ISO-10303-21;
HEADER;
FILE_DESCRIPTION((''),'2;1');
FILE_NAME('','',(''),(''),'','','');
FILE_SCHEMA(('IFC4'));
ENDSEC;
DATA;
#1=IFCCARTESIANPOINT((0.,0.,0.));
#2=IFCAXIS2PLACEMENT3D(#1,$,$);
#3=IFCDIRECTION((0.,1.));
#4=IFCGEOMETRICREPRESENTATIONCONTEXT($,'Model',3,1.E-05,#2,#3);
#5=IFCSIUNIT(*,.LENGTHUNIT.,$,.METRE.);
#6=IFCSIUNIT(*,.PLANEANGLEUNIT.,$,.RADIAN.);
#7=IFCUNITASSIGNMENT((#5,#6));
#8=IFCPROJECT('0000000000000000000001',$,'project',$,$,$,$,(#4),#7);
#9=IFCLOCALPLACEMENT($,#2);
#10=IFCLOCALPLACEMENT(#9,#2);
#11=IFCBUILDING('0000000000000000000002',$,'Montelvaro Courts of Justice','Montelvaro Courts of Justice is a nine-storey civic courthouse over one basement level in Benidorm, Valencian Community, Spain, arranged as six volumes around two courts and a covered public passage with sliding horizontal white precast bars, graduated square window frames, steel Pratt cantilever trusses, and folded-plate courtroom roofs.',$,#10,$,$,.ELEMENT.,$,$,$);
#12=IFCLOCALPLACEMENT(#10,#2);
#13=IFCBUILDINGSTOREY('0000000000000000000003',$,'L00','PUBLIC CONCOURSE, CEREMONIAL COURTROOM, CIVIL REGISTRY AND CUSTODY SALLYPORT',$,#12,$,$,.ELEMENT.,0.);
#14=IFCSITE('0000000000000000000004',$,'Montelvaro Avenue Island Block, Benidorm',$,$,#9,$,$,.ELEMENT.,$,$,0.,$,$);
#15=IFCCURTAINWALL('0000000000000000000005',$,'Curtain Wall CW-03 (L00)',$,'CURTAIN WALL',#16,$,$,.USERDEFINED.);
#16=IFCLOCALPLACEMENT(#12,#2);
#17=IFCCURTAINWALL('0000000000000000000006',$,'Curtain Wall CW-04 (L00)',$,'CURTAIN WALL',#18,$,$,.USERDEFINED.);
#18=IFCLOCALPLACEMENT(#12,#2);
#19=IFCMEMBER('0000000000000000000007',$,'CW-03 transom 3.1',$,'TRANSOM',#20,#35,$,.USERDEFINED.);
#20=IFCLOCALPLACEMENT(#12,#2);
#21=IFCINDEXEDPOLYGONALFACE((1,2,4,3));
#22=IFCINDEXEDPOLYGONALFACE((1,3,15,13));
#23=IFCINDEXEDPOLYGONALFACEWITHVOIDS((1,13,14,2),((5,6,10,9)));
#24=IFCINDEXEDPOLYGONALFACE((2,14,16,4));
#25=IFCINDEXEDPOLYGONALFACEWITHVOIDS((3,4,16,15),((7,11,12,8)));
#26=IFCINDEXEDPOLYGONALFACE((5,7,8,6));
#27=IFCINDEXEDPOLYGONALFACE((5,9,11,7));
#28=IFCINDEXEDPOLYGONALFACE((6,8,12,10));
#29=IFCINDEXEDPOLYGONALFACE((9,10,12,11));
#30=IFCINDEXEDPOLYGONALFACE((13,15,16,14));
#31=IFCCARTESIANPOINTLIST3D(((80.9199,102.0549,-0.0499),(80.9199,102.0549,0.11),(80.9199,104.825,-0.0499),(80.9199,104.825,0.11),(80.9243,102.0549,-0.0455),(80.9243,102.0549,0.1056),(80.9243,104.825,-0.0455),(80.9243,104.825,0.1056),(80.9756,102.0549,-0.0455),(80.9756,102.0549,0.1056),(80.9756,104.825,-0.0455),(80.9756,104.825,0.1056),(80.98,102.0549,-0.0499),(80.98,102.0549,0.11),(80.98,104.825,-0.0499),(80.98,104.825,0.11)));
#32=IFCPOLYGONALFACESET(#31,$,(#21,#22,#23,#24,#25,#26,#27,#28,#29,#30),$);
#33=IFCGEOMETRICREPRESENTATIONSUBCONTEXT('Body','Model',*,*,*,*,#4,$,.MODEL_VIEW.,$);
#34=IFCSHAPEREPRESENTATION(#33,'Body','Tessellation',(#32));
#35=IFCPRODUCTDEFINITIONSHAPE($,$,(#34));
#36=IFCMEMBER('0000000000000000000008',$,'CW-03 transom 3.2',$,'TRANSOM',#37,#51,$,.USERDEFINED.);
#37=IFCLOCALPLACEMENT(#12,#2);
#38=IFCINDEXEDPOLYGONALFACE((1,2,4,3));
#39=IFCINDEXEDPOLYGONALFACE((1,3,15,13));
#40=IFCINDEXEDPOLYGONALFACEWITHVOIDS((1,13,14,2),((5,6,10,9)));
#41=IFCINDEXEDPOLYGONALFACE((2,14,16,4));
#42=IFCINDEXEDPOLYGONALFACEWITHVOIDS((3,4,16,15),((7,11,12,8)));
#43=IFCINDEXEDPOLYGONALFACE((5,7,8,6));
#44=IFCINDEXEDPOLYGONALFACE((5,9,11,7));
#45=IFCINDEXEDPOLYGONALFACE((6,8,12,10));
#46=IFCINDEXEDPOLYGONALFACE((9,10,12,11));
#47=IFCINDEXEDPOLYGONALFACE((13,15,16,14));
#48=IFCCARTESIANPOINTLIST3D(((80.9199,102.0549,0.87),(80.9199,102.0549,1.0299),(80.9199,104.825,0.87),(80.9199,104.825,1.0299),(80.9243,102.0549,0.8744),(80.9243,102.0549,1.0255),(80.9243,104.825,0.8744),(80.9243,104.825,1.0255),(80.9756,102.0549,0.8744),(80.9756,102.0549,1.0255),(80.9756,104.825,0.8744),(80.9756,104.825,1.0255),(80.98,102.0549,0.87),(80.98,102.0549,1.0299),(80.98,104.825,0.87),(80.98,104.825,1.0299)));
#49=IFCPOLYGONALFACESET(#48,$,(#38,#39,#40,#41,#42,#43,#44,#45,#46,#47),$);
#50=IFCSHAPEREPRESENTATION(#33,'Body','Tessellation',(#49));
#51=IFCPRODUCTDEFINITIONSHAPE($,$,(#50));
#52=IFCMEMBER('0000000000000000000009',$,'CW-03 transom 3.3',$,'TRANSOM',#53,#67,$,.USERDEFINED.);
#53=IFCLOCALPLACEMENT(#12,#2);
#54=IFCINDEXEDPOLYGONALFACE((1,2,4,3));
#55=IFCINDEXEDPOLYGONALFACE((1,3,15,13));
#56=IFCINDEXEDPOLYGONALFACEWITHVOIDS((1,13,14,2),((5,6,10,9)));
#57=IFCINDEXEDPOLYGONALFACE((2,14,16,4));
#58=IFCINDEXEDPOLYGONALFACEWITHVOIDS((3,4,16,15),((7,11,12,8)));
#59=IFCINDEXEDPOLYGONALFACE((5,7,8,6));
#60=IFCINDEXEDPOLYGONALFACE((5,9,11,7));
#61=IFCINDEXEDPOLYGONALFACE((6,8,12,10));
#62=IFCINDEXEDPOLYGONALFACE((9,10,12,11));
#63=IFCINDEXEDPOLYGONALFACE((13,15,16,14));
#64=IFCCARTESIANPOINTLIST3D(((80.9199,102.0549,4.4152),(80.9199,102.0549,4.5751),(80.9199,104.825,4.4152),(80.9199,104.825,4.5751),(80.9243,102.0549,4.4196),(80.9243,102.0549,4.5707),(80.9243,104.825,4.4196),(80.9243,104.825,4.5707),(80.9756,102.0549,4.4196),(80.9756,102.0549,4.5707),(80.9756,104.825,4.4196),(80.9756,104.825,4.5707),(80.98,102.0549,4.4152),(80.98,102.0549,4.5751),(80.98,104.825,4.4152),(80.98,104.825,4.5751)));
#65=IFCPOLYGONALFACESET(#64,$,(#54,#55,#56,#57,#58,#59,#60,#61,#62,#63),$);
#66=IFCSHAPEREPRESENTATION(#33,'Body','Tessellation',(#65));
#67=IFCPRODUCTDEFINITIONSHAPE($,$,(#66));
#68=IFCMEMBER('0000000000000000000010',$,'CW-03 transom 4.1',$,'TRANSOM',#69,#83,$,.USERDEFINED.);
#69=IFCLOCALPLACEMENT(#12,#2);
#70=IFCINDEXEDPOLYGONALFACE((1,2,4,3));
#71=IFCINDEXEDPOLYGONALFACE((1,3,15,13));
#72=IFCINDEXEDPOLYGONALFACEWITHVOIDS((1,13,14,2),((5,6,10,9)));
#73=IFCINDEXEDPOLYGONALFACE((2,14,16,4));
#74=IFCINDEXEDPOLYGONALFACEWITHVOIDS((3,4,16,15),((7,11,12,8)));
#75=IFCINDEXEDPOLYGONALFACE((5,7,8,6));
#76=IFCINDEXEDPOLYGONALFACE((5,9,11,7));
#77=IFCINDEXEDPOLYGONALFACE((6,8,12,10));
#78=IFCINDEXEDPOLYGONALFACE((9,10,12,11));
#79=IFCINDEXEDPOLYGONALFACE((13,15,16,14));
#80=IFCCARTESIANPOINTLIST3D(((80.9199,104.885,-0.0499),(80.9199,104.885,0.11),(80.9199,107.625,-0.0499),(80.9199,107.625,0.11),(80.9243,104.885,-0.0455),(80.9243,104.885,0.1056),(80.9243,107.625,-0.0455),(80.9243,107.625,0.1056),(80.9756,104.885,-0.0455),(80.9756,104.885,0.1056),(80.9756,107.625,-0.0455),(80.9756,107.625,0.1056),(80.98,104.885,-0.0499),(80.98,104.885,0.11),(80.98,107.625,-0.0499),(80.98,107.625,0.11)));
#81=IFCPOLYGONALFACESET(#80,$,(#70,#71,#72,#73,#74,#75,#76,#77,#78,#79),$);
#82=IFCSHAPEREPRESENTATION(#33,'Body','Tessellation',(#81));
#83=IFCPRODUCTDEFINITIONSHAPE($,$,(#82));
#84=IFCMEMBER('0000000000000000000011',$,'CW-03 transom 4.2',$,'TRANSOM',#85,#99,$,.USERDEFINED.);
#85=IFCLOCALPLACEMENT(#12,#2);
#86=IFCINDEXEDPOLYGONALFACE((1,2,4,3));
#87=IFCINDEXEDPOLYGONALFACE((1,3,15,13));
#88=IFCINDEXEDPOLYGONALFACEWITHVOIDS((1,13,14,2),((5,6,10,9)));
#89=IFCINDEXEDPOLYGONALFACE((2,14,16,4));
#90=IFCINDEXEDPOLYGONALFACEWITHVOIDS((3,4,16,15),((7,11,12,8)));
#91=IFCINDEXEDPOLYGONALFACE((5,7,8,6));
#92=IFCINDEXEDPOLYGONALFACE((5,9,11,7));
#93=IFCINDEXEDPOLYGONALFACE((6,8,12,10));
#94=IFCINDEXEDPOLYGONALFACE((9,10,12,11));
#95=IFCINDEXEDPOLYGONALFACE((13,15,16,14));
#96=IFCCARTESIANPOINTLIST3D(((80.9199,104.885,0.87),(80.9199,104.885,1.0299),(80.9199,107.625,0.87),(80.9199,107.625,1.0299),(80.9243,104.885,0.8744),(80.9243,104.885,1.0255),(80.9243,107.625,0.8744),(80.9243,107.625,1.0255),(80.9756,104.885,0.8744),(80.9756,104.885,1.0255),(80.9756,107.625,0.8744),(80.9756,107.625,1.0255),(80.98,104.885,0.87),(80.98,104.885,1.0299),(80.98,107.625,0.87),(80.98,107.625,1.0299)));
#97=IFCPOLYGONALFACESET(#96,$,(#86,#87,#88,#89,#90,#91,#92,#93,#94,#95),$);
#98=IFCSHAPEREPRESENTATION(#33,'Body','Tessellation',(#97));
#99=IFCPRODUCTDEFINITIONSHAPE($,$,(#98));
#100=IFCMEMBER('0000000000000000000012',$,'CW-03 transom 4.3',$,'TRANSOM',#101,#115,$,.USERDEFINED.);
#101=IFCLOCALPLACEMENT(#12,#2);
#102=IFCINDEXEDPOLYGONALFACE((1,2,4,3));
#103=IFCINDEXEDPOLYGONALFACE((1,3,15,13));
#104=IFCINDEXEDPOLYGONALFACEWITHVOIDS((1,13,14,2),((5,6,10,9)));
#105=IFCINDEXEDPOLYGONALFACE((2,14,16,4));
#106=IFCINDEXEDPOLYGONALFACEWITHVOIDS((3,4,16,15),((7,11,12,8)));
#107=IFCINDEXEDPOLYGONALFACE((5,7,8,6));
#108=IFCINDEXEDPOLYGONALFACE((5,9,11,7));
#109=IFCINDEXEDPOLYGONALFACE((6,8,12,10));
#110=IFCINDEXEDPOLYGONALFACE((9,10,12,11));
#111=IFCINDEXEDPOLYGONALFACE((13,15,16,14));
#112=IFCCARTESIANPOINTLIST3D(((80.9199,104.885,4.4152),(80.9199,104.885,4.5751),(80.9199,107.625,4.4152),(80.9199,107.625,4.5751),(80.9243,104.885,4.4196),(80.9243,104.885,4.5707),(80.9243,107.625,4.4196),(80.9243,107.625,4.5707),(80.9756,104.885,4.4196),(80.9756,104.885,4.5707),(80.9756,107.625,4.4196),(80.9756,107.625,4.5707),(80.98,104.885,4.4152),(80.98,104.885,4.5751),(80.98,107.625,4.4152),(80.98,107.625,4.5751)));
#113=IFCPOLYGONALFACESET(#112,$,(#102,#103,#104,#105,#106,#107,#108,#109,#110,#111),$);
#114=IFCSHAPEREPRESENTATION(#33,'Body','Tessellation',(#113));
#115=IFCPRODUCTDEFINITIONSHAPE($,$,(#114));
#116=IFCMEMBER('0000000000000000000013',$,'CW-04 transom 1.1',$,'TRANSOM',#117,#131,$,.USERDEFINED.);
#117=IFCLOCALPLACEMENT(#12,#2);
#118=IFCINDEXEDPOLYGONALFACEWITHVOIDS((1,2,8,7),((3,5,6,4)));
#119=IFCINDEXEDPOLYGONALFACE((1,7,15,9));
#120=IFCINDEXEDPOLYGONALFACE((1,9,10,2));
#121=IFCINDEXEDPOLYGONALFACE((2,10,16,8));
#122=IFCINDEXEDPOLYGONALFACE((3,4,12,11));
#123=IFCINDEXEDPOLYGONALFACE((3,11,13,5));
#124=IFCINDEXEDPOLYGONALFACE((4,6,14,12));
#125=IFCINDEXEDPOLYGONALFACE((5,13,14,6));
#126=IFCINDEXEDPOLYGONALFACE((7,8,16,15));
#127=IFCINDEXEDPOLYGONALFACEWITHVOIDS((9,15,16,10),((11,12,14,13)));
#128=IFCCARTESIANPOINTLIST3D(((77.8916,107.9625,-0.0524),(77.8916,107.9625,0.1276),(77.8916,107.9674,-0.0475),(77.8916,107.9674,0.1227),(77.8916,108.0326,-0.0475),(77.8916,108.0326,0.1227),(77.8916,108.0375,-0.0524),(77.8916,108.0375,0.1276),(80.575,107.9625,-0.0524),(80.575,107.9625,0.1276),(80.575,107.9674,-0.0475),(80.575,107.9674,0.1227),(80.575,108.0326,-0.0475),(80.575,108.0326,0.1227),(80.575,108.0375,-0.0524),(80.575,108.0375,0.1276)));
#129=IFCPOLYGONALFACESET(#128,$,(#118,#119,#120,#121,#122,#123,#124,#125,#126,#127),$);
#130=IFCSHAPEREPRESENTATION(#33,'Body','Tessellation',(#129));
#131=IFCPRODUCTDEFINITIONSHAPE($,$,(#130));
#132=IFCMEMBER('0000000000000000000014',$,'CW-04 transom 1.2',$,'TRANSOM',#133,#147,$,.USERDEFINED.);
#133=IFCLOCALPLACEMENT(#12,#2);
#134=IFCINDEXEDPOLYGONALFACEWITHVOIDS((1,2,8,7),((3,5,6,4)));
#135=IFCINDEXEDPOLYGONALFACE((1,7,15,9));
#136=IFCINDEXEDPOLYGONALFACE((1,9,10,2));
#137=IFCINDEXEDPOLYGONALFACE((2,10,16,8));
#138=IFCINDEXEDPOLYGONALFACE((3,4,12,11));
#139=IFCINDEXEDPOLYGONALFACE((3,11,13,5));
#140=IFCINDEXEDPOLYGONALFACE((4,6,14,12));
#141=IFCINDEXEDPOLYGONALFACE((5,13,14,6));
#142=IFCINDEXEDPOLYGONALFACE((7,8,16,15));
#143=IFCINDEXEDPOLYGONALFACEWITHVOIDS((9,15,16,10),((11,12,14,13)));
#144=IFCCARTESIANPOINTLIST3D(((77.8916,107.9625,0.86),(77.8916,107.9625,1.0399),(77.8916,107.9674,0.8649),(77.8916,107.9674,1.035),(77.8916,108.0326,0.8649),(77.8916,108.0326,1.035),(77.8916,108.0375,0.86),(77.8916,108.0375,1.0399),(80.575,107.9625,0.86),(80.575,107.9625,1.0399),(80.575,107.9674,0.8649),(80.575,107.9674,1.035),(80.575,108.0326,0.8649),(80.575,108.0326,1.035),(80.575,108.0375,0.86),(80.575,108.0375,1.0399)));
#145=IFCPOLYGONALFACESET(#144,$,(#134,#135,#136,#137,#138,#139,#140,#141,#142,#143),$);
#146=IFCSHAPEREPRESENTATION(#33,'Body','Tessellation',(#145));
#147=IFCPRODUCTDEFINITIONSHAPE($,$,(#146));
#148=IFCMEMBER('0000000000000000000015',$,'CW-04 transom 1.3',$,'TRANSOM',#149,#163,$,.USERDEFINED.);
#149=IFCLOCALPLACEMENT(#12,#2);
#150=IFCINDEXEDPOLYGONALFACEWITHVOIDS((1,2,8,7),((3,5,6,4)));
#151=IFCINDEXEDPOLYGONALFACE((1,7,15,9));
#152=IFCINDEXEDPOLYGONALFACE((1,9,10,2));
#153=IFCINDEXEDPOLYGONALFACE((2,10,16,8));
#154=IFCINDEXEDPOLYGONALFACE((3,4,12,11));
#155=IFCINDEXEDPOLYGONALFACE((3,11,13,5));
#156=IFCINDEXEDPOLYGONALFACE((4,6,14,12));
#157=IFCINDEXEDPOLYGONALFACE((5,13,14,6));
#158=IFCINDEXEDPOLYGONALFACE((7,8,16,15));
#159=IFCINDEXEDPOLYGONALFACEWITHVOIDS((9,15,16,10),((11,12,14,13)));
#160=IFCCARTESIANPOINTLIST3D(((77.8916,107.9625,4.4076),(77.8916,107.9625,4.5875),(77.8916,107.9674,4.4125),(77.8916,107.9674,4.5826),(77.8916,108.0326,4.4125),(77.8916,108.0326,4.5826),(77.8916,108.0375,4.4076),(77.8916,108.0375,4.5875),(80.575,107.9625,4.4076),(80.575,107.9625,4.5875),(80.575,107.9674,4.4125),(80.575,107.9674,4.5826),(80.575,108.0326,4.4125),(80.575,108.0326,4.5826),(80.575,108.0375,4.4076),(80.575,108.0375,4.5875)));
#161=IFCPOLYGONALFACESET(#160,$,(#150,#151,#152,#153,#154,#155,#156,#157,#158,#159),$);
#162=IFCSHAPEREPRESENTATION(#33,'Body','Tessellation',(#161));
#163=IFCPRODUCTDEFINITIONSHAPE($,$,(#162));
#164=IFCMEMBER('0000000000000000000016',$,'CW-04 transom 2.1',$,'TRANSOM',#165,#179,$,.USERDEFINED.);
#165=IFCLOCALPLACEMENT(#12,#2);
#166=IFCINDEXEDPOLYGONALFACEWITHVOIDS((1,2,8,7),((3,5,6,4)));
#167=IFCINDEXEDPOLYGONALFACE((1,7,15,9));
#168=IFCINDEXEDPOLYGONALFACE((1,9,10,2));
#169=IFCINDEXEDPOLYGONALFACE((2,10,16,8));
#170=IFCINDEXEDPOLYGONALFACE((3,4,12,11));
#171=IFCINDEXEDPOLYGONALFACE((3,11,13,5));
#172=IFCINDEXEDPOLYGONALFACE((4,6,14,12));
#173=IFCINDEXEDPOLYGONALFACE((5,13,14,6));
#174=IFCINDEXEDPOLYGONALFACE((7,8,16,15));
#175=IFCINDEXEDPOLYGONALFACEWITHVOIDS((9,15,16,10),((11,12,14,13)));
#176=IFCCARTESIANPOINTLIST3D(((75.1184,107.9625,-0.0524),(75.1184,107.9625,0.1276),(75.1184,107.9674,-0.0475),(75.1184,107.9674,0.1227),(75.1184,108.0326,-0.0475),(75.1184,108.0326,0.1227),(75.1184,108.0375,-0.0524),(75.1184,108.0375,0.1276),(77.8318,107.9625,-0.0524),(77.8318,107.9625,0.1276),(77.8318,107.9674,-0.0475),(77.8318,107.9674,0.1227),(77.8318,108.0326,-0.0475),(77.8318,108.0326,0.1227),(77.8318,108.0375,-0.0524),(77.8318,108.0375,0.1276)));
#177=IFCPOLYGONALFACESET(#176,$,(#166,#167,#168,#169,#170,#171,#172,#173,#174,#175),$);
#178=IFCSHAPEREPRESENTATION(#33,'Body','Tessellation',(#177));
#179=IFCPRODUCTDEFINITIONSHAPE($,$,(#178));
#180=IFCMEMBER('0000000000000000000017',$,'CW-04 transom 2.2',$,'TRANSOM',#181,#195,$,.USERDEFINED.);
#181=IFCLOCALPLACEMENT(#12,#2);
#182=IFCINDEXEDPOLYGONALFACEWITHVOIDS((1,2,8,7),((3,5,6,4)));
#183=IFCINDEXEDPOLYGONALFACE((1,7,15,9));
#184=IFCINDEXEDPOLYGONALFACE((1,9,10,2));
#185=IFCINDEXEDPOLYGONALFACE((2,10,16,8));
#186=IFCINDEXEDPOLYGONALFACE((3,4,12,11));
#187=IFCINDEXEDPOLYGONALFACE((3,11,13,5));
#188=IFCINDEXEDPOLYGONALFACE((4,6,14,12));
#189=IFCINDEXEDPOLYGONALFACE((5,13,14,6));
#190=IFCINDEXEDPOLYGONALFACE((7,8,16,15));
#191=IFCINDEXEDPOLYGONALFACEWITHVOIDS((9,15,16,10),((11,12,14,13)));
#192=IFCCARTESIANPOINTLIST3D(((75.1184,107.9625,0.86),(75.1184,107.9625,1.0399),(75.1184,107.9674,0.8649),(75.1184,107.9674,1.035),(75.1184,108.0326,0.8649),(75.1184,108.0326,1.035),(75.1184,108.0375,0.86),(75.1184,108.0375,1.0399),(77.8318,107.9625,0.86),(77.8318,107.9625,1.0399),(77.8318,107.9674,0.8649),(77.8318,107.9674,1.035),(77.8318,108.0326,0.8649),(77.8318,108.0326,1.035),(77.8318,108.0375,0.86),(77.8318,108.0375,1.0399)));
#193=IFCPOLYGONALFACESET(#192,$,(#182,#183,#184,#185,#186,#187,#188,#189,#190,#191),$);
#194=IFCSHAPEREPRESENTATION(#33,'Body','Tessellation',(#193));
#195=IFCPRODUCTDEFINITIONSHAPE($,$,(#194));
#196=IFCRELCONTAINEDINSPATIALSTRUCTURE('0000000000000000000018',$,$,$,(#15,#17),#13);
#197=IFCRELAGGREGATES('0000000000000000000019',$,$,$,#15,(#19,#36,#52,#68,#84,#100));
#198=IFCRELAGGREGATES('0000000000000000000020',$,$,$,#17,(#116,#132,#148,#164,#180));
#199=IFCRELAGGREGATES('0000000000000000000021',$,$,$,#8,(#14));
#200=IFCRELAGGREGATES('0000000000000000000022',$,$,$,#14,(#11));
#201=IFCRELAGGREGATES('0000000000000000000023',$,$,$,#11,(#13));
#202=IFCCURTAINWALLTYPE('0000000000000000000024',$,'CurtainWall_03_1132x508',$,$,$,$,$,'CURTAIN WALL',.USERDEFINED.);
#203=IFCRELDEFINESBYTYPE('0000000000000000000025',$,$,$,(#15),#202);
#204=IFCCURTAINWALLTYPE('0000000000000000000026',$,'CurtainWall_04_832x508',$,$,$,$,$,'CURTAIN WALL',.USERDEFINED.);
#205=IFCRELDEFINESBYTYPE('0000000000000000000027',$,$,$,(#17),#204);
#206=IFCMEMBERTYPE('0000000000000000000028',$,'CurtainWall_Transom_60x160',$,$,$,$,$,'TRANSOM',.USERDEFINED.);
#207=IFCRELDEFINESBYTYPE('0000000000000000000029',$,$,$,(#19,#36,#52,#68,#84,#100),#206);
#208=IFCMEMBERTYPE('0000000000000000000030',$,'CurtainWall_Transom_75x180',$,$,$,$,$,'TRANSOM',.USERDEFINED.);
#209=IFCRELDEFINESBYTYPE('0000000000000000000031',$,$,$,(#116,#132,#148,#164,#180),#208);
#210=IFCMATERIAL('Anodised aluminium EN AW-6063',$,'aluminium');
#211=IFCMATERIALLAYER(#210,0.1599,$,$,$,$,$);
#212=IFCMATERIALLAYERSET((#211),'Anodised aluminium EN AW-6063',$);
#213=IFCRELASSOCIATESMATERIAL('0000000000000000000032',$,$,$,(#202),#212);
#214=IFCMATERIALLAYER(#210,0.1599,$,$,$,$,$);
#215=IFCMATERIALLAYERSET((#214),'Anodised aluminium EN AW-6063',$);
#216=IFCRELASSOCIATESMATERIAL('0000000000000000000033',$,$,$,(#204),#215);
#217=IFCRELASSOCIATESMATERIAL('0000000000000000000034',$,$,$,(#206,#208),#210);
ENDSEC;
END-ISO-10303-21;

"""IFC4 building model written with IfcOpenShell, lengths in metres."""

from ifc_helpers import new_model, si_unit, direction, frame, origin, origin_2d, place, context, subcontext, project, spatial, hollow_rectangle, extrude, material, layer, layer_set, material_profile, profile_set, type_object, element, aggregate, save


model = new_model("IFC4")

# Units and contexts
model_context = context("Model", 3, precision=1e-05, world=origin(), true_north=direction((0.0, 1.0)))
body_context = subcontext(model_context, "Body", "Model", "MODEL_VIEW")
ifc_project = project(units=[si_unit("LENGTHUNIT", "METRE"), si_unit("PLANEANGLEUNIT", "RADIAN")], contexts=[model_context])

# Site, building, storey
site_placement = place(None, origin())
site = spatial("IfcSite", under=ifc_project, at=site_placement, Name="Montelvaro Avenue Island Block, Benidorm", CompositionType="ELEMENT", RefElevation=0.0)
building_placement = place(site_placement, origin())
building = spatial("IfcBuilding", under=site, at=building_placement, Name="Montelvaro Courts of Justice", Description="Montelvaro Courts of Justice is a nine-storey civic courthouse over one basement level in Benidorm, Valencian Community, Spain, arranged as six volumes around two courts and a covered public passage with sliding horizontal white precast bars, graduated square window frames, steel Pratt cantilever trusses, and folded-plate courtroom roofs.", CompositionType="ELEMENT")
storey_placement = place(building_placement, origin())
storey = spatial("IfcBuildingStorey", under=building, at=storey_placement, Name="L00", Description="PUBLIC CONCOURSE, CEREMONIAL COURTROOM, CIVIL REGISTRY AND CUSTODY SALLYPORT", CompositionType="ELEMENT", Elevation=0.0)

# Curtain walls
ifc_material_1 = material(Name="Anodised aluminium EN AW-6063", Category="aluminium")
ifc_layer_1 = layer(ifc_material_1, 0.1599)
ifc_layer_set_1 = layer_set([ifc_layer_1], Name="Anodised aluminium EN AW-6063")
curtain_wall_type_1 = type_object("IfcCurtainWallType", Name="CurtainWall_03_1132x508", ElementType="CURTAIN WALL", PredefinedType="USERDEFINED", material=ifc_layer_set_1)
curtain_wall_1_placement = place(storey_placement, origin())
curtain_wall_1 = element("IfcCurtainWall", 1, at=curtain_wall_1_placement, inside=storey, type_object=curtain_wall_type_1, Name="Curtain Wall CW-03 (L00)", ObjectType="CURTAIN WALL", PredefinedType="USERDEFINED")
ifc_layer_2 = layer(ifc_material_1, 0.1599)
ifc_layer_set_2 = layer_set([ifc_layer_2], Name="Anodised aluminium EN AW-6063")
curtain_wall_type_2 = type_object("IfcCurtainWallType", Name="CurtainWall_04_832x508", ElementType="CURTAIN WALL", PredefinedType="USERDEFINED", material=ifc_layer_set_2)
curtain_wall_2_placement = place(storey_placement, origin())
curtain_wall_2 = element("IfcCurtainWall", 2, at=curtain_wall_2_placement, inside=storey, type_object=curtain_wall_type_2, Name="Curtain Wall CW-04 (L00)", ObjectType="CURTAIN WALL", PredefinedType="USERDEFINED")

# Members
ifc_material_profile_1 = material_profile(ifc_material_1, hollow_rectangle(XDim=0.0601, YDim=0.1599, WallThickness=0.0044, at=origin_2d()), Name="ALU-T 60x160")
ifc_profile_set_1 = profile_set([ifc_material_profile_1], Name="Anodised aluminium EN AW-6063")
member_type_1 = type_object("IfcMemberType", Name="CurtainWall_Transom_60x160", ElementType="TRANSOM", PredefinedType="USERDEFINED", material=ifc_profile_set_1)
member_1_placement = place(storey_placement, frame((80.95, 102.0549, 0.03), z_axis=(0.0, 1.0, 0.0), x_axis=(-1.0, 0.0, 0.0)))
member_1 = element("IfcMember", 3, at=member_1_placement, type_object=member_type_1, Name="CW-03 transom 3.1", ObjectType="TRANSOM", PredefinedType="USERDEFINED", context=body_context, shape_type="SweptSolid", body=[
    extrude(hollow_rectangle(XDim=0.0601, YDim=0.1599, WallThickness=0.0044, at=origin_2d()), origin(), (0.0, 0.0, 1.0), 2.77),
])
member_2_placement = place(storey_placement, frame((80.95, 102.0549, 0.95), z_axis=(0.0, 1.0, 0.0), x_axis=(-1.0, 0.0, 0.0)))
member_2 = element("IfcMember", 4, at=member_2_placement, type_object=member_type_1, Name="CW-03 transom 3.2", ObjectType="TRANSOM", PredefinedType="USERDEFINED", context=body_context, shape_type="SweptSolid", body=[
    extrude(hollow_rectangle(XDim=0.0601, YDim=0.1599, WallThickness=0.0044, at=origin_2d()), origin(), (0.0, 0.0, 1.0), 2.77),
])
member_3_placement = place(storey_placement, frame((80.95, 102.0549, 4.4951), z_axis=(0.0, 1.0, 0.0), x_axis=(-1.0, 0.0, 0.0)))
member_3 = element("IfcMember", 5, at=member_3_placement, type_object=member_type_1, Name="CW-03 transom 3.3", ObjectType="TRANSOM", PredefinedType="USERDEFINED", context=body_context, shape_type="SweptSolid", body=[
    extrude(hollow_rectangle(XDim=0.0601, YDim=0.1599, WallThickness=0.0044, at=origin_2d()), origin(), (0.0, 0.0, 1.0), 2.77),
])
member_4_placement = place(storey_placement, frame((80.95, 104.885, 0.03), z_axis=(0.0, 1.0, 0.0), x_axis=(-1.0, 0.0, 0.0)))
member_4 = element("IfcMember", 6, at=member_4_placement, type_object=member_type_1, Name="CW-03 transom 4.1", ObjectType="TRANSOM", PredefinedType="USERDEFINED", context=body_context, shape_type="SweptSolid", body=[
    extrude(hollow_rectangle(XDim=0.0601, YDim=0.1599, WallThickness=0.0044, at=origin_2d()), origin(), (0.0, 0.0, 1.0), 2.74),
])
member_5_placement = place(storey_placement, frame((80.95, 104.885, 0.95), z_axis=(0.0, 1.0, 0.0), x_axis=(-1.0, 0.0, 0.0)))
member_5 = element("IfcMember", 7, at=member_5_placement, type_object=member_type_1, Name="CW-03 transom 4.2", ObjectType="TRANSOM", PredefinedType="USERDEFINED", context=body_context, shape_type="SweptSolid", body=[
    extrude(hollow_rectangle(XDim=0.0601, YDim=0.1599, WallThickness=0.0044, at=origin_2d()), origin(), (0.0, 0.0, 1.0), 2.74),
])
member_6_placement = place(storey_placement, frame((80.95, 104.885, 4.4951), z_axis=(0.0, 1.0, 0.0), x_axis=(-1.0, 0.0, 0.0)))
member_6 = element("IfcMember", 8, at=member_6_placement, type_object=member_type_1, Name="CW-03 transom 4.3", ObjectType="TRANSOM", PredefinedType="USERDEFINED", context=body_context, shape_type="SweptSolid", body=[
    extrude(hollow_rectangle(XDim=0.0601, YDim=0.1599, WallThickness=0.0044, at=origin_2d()), origin(), (0.0, 0.0, 1.0), 2.74),
])
ifc_material_profile_2 = material_profile(ifc_material_1, hollow_rectangle(XDim=0.075, YDim=0.1799, WallThickness=0.0049, at=origin_2d()), Name="ALU-T 75x180")
ifc_profile_set_2 = profile_set([ifc_material_profile_2], Name="Anodised aluminium EN AW-6063")
member_type_2 = type_object("IfcMemberType", Name="CurtainWall_Transom_75x180", ElementType="TRANSOM", PredefinedType="USERDEFINED", material=ifc_profile_set_2)
member_7_placement = place(storey_placement, frame((80.575, 108.0, 0.0376), z_axis=(-1.0, 0.0, 0.0), x_axis=(0.0, -1.0, 0.0)))
member_7 = element("IfcMember", 9, at=member_7_placement, type_object=member_type_2, Name="CW-04 transom 1.1", ObjectType="TRANSOM", PredefinedType="USERDEFINED", context=body_context, shape_type="SweptSolid", body=[
    extrude(hollow_rectangle(XDim=0.075, YDim=0.1799, WallThickness=0.0049, at=origin_2d()), origin(), (0.0, 0.0, 1.0), 2.6833),
])
member_8_placement = place(storey_placement, frame((80.575, 108.0, 0.95), z_axis=(-1.0, 0.0, 0.0), x_axis=(0.0, -1.0, 0.0)))
member_8 = element("IfcMember", 10, at=member_8_placement, type_object=member_type_2, Name="CW-04 transom 1.2", ObjectType="TRANSOM", PredefinedType="USERDEFINED", context=body_context, shape_type="SweptSolid", body=[
    extrude(hollow_rectangle(XDim=0.075, YDim=0.1799, WallThickness=0.0049, at=origin_2d()), origin(), (0.0, 0.0, 1.0), 2.6833),
])
member_9_placement = place(storey_placement, frame((80.575, 108.0, 4.4976), z_axis=(-1.0, 0.0, 0.0), x_axis=(0.0, -1.0, 0.0)))
member_9 = element("IfcMember", 11, at=member_9_placement, type_object=member_type_2, Name="CW-04 transom 1.3", ObjectType="TRANSOM", PredefinedType="USERDEFINED", context=body_context, shape_type="SweptSolid", body=[
    extrude(hollow_rectangle(XDim=0.075, YDim=0.1799, WallThickness=0.0049, at=origin_2d()), origin(), (0.0, 0.0, 1.0), 2.6833),
])
member_10_placement = place(storey_placement, frame((77.8318, 108.0, 0.0376), z_axis=(-1.0, 0.0, 0.0), x_axis=(0.0, -1.0, 0.0)))
member_10 = element("IfcMember", 12, at=member_10_placement, type_object=member_type_2, Name="CW-04 transom 2.1", ObjectType="TRANSOM", PredefinedType="USERDEFINED", context=body_context, shape_type="SweptSolid", body=[
    extrude(hollow_rectangle(XDim=0.075, YDim=0.1799, WallThickness=0.0049, at=origin_2d()), origin(), (0.0, 0.0, 1.0), 2.7134),
])
member_11_placement = place(storey_placement, frame((77.8318, 108.0, 0.95), z_axis=(-1.0, 0.0, 0.0), x_axis=(0.0, -1.0, 0.0)))
member_11 = element("IfcMember", 13, at=member_11_placement, type_object=member_type_2, Name="CW-04 transom 2.2", ObjectType="TRANSOM", PredefinedType="USERDEFINED", context=body_context, shape_type="SweptSolid", body=[
    extrude(hollow_rectangle(XDim=0.075, YDim=0.1799, WallThickness=0.0049, at=origin_2d()), origin(), (0.0, 0.0, 1.0), 2.7134),
])

aggregate(curtain_wall_1, [member_1, member_2, member_3, member_4, member_5, member_6])
aggregate(curtain_wall_2, [member_7, member_8, member_9, member_10, member_11])

save(model, "model.ifc")
